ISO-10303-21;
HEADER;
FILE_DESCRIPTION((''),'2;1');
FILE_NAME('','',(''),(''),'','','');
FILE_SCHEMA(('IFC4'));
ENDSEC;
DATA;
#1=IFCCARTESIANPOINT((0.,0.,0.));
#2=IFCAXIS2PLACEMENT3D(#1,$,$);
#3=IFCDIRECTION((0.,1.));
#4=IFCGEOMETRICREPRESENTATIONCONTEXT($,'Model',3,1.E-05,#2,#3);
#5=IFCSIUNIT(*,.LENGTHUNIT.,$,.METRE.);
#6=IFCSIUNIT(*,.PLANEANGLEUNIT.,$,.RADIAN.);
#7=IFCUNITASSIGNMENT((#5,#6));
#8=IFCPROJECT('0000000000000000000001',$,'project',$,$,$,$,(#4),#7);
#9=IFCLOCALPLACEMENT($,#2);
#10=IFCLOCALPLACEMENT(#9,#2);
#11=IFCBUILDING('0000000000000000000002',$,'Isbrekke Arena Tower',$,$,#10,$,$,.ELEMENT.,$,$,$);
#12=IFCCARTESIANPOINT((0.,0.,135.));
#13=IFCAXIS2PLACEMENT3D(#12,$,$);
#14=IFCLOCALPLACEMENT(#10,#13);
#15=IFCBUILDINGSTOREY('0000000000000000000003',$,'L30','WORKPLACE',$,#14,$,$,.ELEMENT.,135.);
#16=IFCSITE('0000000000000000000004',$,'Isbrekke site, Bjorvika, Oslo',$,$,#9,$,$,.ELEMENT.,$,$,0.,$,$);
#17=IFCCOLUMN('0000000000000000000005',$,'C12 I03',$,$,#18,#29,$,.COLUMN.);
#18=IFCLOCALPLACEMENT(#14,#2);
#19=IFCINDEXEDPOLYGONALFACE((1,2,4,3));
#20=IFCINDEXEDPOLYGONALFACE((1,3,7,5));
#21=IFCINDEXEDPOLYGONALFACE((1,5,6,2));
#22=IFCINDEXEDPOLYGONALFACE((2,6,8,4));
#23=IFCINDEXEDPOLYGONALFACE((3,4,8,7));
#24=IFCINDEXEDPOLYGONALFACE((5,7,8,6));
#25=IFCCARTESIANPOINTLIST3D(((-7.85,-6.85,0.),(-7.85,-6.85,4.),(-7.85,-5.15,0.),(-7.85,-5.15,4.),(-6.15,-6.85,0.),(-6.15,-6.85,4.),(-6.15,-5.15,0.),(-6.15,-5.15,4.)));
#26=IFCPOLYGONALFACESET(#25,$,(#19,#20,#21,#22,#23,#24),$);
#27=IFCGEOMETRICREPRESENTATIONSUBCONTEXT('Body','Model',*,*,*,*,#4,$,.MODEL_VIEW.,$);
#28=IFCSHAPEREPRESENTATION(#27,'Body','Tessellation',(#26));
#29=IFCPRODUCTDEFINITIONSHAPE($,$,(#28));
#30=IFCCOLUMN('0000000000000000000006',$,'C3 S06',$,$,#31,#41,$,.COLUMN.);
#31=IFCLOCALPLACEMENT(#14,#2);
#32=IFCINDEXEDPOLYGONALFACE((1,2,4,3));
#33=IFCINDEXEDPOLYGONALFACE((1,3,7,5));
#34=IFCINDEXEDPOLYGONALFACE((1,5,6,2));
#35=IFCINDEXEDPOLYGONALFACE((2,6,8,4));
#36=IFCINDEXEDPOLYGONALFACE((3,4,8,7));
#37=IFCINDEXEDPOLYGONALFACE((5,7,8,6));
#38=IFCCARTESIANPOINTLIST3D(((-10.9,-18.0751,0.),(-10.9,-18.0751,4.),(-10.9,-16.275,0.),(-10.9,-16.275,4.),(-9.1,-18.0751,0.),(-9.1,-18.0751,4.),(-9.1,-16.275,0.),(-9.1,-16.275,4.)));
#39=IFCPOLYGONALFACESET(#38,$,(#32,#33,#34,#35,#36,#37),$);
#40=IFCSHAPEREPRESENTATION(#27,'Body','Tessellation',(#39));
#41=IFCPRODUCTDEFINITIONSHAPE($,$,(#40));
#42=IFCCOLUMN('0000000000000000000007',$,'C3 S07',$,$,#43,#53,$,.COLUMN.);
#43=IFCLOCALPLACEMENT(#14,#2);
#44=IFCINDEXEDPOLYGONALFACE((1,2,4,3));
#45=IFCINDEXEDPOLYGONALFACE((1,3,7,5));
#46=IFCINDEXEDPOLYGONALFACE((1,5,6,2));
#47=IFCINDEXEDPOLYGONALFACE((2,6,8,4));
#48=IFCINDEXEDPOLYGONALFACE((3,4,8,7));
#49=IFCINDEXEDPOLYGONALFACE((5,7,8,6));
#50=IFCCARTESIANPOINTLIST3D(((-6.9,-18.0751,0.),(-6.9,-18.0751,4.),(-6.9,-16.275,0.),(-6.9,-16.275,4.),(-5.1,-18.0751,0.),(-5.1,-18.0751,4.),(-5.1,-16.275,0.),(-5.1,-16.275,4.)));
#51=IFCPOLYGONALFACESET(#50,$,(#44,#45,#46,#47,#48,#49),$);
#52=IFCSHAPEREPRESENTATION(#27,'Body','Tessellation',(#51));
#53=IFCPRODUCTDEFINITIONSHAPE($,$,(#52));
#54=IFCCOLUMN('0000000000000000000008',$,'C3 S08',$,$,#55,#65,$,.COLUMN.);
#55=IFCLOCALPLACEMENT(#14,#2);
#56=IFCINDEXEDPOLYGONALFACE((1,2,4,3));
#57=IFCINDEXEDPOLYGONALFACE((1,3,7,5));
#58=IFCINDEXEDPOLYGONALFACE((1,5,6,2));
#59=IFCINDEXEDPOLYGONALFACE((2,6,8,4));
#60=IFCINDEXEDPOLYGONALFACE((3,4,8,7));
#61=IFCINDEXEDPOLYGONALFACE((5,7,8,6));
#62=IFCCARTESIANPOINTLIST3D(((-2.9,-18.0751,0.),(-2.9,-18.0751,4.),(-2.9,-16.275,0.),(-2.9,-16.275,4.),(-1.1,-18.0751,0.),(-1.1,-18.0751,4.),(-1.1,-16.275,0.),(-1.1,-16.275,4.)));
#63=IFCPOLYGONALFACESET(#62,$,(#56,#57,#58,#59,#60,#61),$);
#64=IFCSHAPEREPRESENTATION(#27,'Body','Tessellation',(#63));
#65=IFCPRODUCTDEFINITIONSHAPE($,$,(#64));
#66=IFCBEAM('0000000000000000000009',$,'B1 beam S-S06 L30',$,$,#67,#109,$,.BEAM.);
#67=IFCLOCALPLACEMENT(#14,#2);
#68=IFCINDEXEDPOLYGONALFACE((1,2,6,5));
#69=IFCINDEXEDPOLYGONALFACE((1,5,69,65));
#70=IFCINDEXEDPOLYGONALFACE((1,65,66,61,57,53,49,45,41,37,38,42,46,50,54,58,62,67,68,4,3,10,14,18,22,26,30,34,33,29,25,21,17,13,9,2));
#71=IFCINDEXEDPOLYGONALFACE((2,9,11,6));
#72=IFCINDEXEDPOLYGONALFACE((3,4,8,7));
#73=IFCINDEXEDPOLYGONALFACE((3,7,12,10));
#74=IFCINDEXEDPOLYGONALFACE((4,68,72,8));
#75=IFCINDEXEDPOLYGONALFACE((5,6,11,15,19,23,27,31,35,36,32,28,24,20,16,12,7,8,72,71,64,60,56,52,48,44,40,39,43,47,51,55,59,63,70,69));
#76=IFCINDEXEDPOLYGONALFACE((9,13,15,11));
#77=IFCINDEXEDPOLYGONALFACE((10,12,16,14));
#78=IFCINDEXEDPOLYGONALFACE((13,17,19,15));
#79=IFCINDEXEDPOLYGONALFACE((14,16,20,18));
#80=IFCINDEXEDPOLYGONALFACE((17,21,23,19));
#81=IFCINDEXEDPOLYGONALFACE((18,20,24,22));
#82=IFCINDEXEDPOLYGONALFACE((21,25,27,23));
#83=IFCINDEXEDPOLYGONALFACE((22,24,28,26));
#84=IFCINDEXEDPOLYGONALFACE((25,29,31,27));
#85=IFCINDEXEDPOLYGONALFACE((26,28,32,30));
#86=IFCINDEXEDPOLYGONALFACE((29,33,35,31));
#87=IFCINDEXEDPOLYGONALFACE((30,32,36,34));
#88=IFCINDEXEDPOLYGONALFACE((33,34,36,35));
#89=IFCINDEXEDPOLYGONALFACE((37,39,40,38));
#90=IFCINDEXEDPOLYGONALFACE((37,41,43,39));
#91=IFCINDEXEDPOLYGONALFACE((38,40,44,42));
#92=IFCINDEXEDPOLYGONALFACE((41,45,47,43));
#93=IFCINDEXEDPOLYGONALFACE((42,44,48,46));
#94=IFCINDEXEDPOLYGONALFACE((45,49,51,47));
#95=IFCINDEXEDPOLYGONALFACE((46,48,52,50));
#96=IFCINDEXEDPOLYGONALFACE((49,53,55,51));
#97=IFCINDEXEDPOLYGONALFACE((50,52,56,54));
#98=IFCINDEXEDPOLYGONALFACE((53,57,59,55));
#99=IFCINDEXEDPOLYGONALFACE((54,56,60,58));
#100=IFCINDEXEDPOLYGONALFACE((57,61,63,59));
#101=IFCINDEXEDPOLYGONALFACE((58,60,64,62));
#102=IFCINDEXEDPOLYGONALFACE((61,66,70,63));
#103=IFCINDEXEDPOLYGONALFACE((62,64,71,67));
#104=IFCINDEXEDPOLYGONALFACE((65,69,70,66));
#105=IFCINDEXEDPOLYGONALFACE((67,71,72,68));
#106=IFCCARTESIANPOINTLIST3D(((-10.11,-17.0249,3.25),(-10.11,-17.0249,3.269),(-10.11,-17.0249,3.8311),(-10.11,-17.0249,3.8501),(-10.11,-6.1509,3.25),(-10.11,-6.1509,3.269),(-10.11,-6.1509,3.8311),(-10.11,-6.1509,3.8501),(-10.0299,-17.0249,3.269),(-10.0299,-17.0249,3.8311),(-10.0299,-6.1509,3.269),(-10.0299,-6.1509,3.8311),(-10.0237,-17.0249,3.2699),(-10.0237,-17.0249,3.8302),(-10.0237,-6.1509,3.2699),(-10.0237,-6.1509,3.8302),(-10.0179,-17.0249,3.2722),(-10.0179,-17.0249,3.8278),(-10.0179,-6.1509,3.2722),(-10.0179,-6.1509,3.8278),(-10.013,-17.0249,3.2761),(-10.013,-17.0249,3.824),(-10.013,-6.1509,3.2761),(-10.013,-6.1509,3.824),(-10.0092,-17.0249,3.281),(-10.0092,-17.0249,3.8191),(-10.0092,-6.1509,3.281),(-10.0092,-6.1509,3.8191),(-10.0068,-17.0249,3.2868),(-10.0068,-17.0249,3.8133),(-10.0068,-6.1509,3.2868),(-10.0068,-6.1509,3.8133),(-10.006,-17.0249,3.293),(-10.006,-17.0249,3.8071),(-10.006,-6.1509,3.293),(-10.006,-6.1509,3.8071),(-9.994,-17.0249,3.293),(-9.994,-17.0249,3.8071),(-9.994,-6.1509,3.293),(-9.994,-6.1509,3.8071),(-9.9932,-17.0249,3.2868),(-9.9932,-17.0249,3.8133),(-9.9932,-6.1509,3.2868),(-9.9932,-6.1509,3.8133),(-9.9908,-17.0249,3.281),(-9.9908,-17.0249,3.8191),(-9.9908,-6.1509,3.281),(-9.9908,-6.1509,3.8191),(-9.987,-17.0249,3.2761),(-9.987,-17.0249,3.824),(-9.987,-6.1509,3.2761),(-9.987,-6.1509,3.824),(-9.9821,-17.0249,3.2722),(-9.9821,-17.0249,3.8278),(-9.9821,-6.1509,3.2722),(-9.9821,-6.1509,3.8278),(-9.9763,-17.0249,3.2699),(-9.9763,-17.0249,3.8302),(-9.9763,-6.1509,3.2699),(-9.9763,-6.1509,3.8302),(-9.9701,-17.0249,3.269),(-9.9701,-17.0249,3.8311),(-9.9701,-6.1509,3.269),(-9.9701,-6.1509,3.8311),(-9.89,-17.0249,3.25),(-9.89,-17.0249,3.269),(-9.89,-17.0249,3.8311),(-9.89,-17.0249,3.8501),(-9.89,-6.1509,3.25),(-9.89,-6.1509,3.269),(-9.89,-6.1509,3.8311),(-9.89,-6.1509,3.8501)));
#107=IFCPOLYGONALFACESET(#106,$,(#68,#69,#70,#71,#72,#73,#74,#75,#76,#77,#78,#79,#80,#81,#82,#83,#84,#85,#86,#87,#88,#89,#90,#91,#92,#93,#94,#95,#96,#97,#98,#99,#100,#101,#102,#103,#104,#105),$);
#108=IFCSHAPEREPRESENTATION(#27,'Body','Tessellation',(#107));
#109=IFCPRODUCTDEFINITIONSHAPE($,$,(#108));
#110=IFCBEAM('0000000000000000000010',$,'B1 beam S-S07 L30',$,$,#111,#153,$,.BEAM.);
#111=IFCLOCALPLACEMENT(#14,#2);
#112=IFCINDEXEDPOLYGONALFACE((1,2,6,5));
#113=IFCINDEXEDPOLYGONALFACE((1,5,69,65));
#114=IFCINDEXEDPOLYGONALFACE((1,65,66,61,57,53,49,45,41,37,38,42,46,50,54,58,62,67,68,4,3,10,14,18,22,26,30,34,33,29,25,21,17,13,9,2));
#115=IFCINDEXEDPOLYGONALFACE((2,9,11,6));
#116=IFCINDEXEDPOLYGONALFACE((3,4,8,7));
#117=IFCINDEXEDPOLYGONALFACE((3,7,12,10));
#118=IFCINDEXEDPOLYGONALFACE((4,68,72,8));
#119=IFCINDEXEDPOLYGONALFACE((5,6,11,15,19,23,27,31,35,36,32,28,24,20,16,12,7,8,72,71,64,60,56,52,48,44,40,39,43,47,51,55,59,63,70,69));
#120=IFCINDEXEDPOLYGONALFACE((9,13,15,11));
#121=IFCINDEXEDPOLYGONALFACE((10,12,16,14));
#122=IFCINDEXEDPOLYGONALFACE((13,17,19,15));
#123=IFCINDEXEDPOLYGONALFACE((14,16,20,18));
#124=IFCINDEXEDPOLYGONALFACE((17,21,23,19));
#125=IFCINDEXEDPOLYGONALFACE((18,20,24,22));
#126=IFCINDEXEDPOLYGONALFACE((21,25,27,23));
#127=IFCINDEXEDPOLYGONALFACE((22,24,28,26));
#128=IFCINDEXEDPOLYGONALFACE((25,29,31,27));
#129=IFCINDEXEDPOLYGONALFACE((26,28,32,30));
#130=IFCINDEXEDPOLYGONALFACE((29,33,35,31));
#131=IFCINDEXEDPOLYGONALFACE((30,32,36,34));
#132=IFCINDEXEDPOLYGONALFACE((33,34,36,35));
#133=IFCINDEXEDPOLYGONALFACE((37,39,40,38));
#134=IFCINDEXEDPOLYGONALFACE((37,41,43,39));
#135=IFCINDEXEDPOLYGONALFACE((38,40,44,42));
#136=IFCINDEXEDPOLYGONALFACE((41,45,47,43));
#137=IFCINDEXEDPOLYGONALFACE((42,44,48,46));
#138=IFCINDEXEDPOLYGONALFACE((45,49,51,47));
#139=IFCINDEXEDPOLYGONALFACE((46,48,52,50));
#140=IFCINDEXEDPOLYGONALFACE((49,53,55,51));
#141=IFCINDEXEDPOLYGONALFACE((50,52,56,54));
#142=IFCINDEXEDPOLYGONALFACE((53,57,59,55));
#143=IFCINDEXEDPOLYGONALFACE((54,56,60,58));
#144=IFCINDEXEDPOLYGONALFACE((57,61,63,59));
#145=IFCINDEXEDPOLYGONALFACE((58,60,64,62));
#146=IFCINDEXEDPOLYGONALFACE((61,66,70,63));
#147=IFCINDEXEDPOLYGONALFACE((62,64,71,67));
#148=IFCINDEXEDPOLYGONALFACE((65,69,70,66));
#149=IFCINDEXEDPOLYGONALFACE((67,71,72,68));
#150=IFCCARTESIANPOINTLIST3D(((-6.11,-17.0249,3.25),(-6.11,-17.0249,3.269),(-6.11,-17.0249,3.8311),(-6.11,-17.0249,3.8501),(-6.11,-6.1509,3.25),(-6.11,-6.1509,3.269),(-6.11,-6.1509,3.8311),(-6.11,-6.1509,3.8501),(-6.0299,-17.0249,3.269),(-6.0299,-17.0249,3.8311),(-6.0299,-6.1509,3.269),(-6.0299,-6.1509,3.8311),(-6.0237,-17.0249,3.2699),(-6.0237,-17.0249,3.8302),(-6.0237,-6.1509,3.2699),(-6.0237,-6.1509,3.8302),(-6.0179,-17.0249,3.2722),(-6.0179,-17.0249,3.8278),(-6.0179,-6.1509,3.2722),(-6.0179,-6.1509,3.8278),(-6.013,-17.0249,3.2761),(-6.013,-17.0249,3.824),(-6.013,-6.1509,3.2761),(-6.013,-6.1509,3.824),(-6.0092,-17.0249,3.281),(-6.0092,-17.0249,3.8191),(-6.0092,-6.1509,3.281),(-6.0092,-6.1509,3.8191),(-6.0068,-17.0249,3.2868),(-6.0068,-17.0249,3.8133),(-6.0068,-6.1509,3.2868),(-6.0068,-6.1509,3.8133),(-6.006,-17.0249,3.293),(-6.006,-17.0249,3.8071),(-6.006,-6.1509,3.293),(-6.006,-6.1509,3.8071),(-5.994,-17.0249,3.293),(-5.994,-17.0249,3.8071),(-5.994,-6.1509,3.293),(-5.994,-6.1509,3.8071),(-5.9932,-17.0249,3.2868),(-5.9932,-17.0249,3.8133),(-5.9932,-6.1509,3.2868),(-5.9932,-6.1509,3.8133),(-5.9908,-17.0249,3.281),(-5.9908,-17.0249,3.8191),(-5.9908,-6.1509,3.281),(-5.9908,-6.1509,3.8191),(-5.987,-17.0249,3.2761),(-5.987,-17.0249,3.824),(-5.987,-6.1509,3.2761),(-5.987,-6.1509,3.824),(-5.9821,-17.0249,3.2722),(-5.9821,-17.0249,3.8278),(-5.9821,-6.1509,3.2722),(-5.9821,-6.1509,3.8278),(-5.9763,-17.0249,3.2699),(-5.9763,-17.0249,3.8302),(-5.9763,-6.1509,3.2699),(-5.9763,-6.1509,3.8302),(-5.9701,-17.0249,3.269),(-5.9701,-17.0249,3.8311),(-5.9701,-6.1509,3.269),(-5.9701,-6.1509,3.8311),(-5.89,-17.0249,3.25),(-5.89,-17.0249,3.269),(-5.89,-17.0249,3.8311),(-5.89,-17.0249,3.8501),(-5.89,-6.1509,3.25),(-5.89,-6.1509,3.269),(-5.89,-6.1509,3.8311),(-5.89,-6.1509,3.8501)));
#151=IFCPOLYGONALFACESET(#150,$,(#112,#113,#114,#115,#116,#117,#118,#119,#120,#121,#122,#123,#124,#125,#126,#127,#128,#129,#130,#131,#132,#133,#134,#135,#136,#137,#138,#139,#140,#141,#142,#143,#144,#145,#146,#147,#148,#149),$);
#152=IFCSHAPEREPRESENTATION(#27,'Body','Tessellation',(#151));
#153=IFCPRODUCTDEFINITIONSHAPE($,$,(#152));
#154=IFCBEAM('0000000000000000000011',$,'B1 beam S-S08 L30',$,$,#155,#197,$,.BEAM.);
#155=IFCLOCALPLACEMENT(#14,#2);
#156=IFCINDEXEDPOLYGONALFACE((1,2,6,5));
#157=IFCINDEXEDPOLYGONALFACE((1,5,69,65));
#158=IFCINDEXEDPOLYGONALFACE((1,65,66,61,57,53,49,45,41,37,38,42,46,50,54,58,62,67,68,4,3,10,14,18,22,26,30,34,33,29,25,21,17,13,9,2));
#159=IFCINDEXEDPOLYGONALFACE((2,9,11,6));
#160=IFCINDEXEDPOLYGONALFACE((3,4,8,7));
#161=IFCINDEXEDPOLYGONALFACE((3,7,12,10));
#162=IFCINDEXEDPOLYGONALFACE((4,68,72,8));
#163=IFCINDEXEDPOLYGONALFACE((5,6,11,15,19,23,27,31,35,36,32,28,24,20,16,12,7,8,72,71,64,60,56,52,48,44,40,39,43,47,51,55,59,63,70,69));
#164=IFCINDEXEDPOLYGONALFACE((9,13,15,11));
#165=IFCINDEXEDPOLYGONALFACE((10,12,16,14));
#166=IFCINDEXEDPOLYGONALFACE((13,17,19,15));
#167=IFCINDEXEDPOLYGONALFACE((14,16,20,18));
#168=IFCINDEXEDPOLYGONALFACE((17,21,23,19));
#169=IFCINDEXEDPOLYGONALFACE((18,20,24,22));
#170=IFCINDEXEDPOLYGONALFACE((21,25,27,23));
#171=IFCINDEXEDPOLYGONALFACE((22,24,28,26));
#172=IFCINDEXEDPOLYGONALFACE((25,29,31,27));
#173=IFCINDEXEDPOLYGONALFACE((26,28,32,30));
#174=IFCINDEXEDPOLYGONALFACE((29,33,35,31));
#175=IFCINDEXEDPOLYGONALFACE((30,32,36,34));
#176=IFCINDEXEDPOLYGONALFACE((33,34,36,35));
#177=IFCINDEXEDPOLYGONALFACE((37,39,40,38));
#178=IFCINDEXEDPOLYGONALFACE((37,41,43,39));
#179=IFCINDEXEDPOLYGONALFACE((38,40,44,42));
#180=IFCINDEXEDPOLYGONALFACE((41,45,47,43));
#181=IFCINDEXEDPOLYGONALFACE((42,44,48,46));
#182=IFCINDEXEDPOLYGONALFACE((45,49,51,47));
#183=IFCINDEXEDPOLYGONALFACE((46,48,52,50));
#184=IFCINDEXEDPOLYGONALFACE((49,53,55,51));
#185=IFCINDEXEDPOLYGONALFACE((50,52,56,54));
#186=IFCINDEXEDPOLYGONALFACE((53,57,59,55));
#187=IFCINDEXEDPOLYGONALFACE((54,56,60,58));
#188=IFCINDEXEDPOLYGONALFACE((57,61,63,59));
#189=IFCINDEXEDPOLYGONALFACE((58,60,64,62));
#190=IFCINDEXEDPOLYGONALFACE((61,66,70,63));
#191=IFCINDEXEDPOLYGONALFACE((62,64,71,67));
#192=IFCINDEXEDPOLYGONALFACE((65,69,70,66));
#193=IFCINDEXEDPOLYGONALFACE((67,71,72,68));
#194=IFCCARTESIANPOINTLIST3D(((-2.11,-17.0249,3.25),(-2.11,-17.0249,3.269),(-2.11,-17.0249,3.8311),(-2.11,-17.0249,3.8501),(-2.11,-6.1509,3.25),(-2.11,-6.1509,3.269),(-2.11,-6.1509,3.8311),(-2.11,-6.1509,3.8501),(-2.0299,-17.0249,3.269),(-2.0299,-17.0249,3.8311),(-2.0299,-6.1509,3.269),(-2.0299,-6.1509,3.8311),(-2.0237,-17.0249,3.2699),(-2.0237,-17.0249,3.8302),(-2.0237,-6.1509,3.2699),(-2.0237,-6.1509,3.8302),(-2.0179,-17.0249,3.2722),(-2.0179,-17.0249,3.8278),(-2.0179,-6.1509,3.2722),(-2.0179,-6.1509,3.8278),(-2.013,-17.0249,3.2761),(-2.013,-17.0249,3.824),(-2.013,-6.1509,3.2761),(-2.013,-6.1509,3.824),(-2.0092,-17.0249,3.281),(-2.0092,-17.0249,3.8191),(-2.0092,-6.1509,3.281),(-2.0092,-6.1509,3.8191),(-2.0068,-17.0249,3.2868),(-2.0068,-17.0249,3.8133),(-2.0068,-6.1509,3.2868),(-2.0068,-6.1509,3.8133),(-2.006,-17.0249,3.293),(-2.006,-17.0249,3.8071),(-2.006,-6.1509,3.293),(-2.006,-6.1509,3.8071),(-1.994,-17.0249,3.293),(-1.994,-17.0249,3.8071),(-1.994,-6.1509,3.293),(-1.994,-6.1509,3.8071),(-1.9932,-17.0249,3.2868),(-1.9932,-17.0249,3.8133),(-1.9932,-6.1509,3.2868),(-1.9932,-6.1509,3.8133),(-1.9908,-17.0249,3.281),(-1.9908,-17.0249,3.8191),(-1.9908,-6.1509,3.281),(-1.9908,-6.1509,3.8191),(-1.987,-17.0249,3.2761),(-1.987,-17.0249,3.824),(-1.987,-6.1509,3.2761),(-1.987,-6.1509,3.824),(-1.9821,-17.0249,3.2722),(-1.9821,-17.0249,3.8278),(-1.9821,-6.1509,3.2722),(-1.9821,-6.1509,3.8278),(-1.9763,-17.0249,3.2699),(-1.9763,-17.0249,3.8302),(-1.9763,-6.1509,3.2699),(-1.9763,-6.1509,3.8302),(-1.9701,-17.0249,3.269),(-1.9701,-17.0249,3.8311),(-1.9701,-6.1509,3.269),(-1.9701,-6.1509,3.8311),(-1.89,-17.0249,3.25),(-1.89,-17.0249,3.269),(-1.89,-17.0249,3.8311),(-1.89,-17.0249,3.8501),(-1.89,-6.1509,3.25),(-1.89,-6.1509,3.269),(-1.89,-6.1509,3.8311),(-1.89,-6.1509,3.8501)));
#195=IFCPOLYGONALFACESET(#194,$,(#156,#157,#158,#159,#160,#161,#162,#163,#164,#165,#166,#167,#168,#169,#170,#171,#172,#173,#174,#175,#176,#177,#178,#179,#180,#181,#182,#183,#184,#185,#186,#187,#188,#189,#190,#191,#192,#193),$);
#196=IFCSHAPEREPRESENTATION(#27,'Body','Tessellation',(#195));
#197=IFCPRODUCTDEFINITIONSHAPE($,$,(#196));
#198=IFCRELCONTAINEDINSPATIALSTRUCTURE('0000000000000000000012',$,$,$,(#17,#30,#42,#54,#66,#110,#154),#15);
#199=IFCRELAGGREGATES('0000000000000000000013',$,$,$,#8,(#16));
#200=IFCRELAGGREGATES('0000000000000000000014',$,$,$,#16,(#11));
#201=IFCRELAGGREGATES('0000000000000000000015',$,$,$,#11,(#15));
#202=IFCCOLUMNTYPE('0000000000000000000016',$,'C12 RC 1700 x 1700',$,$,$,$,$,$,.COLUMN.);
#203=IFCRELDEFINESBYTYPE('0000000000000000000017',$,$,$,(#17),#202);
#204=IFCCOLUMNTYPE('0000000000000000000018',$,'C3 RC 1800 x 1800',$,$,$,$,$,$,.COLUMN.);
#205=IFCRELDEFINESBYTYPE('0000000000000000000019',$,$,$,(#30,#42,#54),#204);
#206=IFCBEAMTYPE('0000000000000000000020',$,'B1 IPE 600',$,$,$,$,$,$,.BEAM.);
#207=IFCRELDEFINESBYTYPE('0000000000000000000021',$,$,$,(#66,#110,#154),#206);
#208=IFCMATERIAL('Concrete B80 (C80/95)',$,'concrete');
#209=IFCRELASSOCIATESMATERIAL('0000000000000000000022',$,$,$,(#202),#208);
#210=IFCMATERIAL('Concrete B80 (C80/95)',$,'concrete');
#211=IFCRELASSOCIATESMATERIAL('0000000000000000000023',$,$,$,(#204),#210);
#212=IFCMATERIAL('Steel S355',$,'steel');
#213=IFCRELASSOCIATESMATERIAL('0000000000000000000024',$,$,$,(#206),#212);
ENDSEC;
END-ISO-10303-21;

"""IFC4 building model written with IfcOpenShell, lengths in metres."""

from ifc_helpers import new_model, si_unit, direction, frame, origin, origin_2d, place, context, subcontext, project, spatial, rectangle, i_section, extrude, material, material_profile, profile_set, type_object, element, save


model = new_model("IFC4")

# Units and contexts
model_context = context("Model", 3, precision=1e-05, world=origin(), true_north=direction((0.0, 1.0)))
body_context = subcontext(model_context, "Body", "Model", "MODEL_VIEW")
ifc_project = project(units=[si_unit("LENGTHUNIT", "METRE"), si_unit("PLANEANGLEUNIT", "RADIAN")], contexts=[model_context])

# Site, building, storey
site_placement = place(None, origin())
site = spatial("IfcSite", under=ifc_project, at=site_placement, Name="Isbrekke site, Bjorvika, Oslo", CompositionType="ELEMENT", RefElevation=0.0)
building_placement = place(site_placement, origin())
building = spatial("IfcBuilding", under=site, at=building_placement, Name="Isbrekke Arena Tower", CompositionType="ELEMENT")
storey_placement = place(building_placement, frame((0.0, 0.0, 135.0)))
storey = spatial("IfcBuildingStorey", under=building, at=storey_placement, Name="L30", Description="WORKPLACE", CompositionType="ELEMENT", Elevation=135.0)

# Columns
ifc_material_1 = material(Name="Concrete B80 (C80/95)", Category="concrete")
ifc_material_profile_1 = material_profile(ifc_material_1, rectangle(XDim=1.7, YDim=1.7, at=origin_2d()), Name="RC 1700x1700")
ifc_profile_set_1 = profile_set([ifc_material_profile_1], Name="Concrete B80 (C80/95)")
column_type_1 = type_object("IfcColumnType", Name="C12 RC 1700 x 1700", PredefinedType="COLUMN", material=ifc_profile_set_1)
column_placement = place(storey_placement, frame((-7.0, -6.0, 0.0), z_axis=(0.0, 0.0, 1.0), x_axis=(1.0, 0.0, 0.0)))
element("IfcColumn", 1, at=column_placement, inside=storey, type_object=column_type_1, Name="C12 I03", PredefinedType="COLUMN", context=body_context, shape_type="SweptSolid", body=[
    extrude(rectangle(XDim=1.7, YDim=1.7, at=origin_2d()), origin(), (0.0, 0.0, 1.0), 4.0),
])
ifc_material_2 = material(Name="Concrete B80 (C80/95)", Category="concrete")
ifc_material_profile_2 = material_profile(ifc_material_2, rectangle(XDim=1.8, YDim=1.8, at=origin_2d()), Name="RC 1800x1800")
ifc_profile_set_2 = profile_set([ifc_material_profile_2], Name="Concrete B80 (C80/95)")
column_type_2 = type_object("IfcColumnType", Name="C3 RC 1800 x 1800", PredefinedType="COLUMN", material=ifc_profile_set_2)
for number, where, z_axis, x_axis, name in (
    (2, (-10.0, -17.175, 0.0), (0.0, 0.0, 1.0), (1.0, 0.0, 0.0), "C3 S06"),
    (3, (-6.0, -17.175, 0.0), (0.0, 0.0, 1.0), (1.0, 0.0, 0.0), "C3 S07"),
    (4, (-2.0, -17.175, 0.0), (0.0, 0.0, 1.0), (1.0, 0.0, 0.0), "C3 S08"),
):
    element("IfcColumn", number, at=place(storey_placement, frame(where, z_axis=z_axis, x_axis=x_axis)), inside=storey, type_object=column_type_2, Name=name, PredefinedType="COLUMN", context=body_context, shape_type="SweptSolid", body=[
        extrude(rectangle(XDim=1.8, YDim=1.8, at=origin_2d()), origin(), (0.0, 0.0, 1.0), 4.0),
    ])

# Beams
ifc_material_3 = material(Name="Steel S355", Category="steel")
ifc_material_profile_3 = material_profile(ifc_material_3, i_section(OverallWidth=0.22, OverallDepth=0.6001, WebThickness=0.012, FlangeThickness=0.019, FilletRadius=0.0239, at=origin_2d()), Name="IPE 600")
ifc_profile_set_3 = profile_set([ifc_material_profile_3], Name="Steel S355")
beam_type_1 = type_object("IfcBeamType", Name="B1 IPE 600", PredefinedType="BEAM", material=ifc_profile_set_3)
for number, where, z_axis, x_axis, name in (
    (5, (-10.0, -17.0249, 3.55), (0.0, 1.0, 0.0), (-1.0, 0.0, 0.0), "B1 beam S-S06 L30"),
    (6, (-6.0, -17.0249, 3.55), (0.0, 1.0, 0.0), (-1.0, 0.0, 0.0), "B1 beam S-S07 L30"),
    (7, (-2.0, -17.0249, 3.55), (0.0, 1.0, 0.0), (-1.0, 0.0, 0.0), "B1 beam S-S08 L30"),
):
    element("IfcBeam", number, at=place(storey_placement, frame(where, z_axis=z_axis, x_axis=x_axis)), inside=storey, type_object=beam_type_1, Name=name, PredefinedType="BEAM", context=body_context, shape_type="SweptSolid", body=[
        extrude(i_section(OverallWidth=0.22, OverallDepth=0.6001, WebThickness=0.012, FlangeThickness=0.019, FilletRadius=0.0239, at=origin_2d()), origin(), (0.0, 0.0, 1.0), 10.874),
    ])

save(model, "model.ifc")
